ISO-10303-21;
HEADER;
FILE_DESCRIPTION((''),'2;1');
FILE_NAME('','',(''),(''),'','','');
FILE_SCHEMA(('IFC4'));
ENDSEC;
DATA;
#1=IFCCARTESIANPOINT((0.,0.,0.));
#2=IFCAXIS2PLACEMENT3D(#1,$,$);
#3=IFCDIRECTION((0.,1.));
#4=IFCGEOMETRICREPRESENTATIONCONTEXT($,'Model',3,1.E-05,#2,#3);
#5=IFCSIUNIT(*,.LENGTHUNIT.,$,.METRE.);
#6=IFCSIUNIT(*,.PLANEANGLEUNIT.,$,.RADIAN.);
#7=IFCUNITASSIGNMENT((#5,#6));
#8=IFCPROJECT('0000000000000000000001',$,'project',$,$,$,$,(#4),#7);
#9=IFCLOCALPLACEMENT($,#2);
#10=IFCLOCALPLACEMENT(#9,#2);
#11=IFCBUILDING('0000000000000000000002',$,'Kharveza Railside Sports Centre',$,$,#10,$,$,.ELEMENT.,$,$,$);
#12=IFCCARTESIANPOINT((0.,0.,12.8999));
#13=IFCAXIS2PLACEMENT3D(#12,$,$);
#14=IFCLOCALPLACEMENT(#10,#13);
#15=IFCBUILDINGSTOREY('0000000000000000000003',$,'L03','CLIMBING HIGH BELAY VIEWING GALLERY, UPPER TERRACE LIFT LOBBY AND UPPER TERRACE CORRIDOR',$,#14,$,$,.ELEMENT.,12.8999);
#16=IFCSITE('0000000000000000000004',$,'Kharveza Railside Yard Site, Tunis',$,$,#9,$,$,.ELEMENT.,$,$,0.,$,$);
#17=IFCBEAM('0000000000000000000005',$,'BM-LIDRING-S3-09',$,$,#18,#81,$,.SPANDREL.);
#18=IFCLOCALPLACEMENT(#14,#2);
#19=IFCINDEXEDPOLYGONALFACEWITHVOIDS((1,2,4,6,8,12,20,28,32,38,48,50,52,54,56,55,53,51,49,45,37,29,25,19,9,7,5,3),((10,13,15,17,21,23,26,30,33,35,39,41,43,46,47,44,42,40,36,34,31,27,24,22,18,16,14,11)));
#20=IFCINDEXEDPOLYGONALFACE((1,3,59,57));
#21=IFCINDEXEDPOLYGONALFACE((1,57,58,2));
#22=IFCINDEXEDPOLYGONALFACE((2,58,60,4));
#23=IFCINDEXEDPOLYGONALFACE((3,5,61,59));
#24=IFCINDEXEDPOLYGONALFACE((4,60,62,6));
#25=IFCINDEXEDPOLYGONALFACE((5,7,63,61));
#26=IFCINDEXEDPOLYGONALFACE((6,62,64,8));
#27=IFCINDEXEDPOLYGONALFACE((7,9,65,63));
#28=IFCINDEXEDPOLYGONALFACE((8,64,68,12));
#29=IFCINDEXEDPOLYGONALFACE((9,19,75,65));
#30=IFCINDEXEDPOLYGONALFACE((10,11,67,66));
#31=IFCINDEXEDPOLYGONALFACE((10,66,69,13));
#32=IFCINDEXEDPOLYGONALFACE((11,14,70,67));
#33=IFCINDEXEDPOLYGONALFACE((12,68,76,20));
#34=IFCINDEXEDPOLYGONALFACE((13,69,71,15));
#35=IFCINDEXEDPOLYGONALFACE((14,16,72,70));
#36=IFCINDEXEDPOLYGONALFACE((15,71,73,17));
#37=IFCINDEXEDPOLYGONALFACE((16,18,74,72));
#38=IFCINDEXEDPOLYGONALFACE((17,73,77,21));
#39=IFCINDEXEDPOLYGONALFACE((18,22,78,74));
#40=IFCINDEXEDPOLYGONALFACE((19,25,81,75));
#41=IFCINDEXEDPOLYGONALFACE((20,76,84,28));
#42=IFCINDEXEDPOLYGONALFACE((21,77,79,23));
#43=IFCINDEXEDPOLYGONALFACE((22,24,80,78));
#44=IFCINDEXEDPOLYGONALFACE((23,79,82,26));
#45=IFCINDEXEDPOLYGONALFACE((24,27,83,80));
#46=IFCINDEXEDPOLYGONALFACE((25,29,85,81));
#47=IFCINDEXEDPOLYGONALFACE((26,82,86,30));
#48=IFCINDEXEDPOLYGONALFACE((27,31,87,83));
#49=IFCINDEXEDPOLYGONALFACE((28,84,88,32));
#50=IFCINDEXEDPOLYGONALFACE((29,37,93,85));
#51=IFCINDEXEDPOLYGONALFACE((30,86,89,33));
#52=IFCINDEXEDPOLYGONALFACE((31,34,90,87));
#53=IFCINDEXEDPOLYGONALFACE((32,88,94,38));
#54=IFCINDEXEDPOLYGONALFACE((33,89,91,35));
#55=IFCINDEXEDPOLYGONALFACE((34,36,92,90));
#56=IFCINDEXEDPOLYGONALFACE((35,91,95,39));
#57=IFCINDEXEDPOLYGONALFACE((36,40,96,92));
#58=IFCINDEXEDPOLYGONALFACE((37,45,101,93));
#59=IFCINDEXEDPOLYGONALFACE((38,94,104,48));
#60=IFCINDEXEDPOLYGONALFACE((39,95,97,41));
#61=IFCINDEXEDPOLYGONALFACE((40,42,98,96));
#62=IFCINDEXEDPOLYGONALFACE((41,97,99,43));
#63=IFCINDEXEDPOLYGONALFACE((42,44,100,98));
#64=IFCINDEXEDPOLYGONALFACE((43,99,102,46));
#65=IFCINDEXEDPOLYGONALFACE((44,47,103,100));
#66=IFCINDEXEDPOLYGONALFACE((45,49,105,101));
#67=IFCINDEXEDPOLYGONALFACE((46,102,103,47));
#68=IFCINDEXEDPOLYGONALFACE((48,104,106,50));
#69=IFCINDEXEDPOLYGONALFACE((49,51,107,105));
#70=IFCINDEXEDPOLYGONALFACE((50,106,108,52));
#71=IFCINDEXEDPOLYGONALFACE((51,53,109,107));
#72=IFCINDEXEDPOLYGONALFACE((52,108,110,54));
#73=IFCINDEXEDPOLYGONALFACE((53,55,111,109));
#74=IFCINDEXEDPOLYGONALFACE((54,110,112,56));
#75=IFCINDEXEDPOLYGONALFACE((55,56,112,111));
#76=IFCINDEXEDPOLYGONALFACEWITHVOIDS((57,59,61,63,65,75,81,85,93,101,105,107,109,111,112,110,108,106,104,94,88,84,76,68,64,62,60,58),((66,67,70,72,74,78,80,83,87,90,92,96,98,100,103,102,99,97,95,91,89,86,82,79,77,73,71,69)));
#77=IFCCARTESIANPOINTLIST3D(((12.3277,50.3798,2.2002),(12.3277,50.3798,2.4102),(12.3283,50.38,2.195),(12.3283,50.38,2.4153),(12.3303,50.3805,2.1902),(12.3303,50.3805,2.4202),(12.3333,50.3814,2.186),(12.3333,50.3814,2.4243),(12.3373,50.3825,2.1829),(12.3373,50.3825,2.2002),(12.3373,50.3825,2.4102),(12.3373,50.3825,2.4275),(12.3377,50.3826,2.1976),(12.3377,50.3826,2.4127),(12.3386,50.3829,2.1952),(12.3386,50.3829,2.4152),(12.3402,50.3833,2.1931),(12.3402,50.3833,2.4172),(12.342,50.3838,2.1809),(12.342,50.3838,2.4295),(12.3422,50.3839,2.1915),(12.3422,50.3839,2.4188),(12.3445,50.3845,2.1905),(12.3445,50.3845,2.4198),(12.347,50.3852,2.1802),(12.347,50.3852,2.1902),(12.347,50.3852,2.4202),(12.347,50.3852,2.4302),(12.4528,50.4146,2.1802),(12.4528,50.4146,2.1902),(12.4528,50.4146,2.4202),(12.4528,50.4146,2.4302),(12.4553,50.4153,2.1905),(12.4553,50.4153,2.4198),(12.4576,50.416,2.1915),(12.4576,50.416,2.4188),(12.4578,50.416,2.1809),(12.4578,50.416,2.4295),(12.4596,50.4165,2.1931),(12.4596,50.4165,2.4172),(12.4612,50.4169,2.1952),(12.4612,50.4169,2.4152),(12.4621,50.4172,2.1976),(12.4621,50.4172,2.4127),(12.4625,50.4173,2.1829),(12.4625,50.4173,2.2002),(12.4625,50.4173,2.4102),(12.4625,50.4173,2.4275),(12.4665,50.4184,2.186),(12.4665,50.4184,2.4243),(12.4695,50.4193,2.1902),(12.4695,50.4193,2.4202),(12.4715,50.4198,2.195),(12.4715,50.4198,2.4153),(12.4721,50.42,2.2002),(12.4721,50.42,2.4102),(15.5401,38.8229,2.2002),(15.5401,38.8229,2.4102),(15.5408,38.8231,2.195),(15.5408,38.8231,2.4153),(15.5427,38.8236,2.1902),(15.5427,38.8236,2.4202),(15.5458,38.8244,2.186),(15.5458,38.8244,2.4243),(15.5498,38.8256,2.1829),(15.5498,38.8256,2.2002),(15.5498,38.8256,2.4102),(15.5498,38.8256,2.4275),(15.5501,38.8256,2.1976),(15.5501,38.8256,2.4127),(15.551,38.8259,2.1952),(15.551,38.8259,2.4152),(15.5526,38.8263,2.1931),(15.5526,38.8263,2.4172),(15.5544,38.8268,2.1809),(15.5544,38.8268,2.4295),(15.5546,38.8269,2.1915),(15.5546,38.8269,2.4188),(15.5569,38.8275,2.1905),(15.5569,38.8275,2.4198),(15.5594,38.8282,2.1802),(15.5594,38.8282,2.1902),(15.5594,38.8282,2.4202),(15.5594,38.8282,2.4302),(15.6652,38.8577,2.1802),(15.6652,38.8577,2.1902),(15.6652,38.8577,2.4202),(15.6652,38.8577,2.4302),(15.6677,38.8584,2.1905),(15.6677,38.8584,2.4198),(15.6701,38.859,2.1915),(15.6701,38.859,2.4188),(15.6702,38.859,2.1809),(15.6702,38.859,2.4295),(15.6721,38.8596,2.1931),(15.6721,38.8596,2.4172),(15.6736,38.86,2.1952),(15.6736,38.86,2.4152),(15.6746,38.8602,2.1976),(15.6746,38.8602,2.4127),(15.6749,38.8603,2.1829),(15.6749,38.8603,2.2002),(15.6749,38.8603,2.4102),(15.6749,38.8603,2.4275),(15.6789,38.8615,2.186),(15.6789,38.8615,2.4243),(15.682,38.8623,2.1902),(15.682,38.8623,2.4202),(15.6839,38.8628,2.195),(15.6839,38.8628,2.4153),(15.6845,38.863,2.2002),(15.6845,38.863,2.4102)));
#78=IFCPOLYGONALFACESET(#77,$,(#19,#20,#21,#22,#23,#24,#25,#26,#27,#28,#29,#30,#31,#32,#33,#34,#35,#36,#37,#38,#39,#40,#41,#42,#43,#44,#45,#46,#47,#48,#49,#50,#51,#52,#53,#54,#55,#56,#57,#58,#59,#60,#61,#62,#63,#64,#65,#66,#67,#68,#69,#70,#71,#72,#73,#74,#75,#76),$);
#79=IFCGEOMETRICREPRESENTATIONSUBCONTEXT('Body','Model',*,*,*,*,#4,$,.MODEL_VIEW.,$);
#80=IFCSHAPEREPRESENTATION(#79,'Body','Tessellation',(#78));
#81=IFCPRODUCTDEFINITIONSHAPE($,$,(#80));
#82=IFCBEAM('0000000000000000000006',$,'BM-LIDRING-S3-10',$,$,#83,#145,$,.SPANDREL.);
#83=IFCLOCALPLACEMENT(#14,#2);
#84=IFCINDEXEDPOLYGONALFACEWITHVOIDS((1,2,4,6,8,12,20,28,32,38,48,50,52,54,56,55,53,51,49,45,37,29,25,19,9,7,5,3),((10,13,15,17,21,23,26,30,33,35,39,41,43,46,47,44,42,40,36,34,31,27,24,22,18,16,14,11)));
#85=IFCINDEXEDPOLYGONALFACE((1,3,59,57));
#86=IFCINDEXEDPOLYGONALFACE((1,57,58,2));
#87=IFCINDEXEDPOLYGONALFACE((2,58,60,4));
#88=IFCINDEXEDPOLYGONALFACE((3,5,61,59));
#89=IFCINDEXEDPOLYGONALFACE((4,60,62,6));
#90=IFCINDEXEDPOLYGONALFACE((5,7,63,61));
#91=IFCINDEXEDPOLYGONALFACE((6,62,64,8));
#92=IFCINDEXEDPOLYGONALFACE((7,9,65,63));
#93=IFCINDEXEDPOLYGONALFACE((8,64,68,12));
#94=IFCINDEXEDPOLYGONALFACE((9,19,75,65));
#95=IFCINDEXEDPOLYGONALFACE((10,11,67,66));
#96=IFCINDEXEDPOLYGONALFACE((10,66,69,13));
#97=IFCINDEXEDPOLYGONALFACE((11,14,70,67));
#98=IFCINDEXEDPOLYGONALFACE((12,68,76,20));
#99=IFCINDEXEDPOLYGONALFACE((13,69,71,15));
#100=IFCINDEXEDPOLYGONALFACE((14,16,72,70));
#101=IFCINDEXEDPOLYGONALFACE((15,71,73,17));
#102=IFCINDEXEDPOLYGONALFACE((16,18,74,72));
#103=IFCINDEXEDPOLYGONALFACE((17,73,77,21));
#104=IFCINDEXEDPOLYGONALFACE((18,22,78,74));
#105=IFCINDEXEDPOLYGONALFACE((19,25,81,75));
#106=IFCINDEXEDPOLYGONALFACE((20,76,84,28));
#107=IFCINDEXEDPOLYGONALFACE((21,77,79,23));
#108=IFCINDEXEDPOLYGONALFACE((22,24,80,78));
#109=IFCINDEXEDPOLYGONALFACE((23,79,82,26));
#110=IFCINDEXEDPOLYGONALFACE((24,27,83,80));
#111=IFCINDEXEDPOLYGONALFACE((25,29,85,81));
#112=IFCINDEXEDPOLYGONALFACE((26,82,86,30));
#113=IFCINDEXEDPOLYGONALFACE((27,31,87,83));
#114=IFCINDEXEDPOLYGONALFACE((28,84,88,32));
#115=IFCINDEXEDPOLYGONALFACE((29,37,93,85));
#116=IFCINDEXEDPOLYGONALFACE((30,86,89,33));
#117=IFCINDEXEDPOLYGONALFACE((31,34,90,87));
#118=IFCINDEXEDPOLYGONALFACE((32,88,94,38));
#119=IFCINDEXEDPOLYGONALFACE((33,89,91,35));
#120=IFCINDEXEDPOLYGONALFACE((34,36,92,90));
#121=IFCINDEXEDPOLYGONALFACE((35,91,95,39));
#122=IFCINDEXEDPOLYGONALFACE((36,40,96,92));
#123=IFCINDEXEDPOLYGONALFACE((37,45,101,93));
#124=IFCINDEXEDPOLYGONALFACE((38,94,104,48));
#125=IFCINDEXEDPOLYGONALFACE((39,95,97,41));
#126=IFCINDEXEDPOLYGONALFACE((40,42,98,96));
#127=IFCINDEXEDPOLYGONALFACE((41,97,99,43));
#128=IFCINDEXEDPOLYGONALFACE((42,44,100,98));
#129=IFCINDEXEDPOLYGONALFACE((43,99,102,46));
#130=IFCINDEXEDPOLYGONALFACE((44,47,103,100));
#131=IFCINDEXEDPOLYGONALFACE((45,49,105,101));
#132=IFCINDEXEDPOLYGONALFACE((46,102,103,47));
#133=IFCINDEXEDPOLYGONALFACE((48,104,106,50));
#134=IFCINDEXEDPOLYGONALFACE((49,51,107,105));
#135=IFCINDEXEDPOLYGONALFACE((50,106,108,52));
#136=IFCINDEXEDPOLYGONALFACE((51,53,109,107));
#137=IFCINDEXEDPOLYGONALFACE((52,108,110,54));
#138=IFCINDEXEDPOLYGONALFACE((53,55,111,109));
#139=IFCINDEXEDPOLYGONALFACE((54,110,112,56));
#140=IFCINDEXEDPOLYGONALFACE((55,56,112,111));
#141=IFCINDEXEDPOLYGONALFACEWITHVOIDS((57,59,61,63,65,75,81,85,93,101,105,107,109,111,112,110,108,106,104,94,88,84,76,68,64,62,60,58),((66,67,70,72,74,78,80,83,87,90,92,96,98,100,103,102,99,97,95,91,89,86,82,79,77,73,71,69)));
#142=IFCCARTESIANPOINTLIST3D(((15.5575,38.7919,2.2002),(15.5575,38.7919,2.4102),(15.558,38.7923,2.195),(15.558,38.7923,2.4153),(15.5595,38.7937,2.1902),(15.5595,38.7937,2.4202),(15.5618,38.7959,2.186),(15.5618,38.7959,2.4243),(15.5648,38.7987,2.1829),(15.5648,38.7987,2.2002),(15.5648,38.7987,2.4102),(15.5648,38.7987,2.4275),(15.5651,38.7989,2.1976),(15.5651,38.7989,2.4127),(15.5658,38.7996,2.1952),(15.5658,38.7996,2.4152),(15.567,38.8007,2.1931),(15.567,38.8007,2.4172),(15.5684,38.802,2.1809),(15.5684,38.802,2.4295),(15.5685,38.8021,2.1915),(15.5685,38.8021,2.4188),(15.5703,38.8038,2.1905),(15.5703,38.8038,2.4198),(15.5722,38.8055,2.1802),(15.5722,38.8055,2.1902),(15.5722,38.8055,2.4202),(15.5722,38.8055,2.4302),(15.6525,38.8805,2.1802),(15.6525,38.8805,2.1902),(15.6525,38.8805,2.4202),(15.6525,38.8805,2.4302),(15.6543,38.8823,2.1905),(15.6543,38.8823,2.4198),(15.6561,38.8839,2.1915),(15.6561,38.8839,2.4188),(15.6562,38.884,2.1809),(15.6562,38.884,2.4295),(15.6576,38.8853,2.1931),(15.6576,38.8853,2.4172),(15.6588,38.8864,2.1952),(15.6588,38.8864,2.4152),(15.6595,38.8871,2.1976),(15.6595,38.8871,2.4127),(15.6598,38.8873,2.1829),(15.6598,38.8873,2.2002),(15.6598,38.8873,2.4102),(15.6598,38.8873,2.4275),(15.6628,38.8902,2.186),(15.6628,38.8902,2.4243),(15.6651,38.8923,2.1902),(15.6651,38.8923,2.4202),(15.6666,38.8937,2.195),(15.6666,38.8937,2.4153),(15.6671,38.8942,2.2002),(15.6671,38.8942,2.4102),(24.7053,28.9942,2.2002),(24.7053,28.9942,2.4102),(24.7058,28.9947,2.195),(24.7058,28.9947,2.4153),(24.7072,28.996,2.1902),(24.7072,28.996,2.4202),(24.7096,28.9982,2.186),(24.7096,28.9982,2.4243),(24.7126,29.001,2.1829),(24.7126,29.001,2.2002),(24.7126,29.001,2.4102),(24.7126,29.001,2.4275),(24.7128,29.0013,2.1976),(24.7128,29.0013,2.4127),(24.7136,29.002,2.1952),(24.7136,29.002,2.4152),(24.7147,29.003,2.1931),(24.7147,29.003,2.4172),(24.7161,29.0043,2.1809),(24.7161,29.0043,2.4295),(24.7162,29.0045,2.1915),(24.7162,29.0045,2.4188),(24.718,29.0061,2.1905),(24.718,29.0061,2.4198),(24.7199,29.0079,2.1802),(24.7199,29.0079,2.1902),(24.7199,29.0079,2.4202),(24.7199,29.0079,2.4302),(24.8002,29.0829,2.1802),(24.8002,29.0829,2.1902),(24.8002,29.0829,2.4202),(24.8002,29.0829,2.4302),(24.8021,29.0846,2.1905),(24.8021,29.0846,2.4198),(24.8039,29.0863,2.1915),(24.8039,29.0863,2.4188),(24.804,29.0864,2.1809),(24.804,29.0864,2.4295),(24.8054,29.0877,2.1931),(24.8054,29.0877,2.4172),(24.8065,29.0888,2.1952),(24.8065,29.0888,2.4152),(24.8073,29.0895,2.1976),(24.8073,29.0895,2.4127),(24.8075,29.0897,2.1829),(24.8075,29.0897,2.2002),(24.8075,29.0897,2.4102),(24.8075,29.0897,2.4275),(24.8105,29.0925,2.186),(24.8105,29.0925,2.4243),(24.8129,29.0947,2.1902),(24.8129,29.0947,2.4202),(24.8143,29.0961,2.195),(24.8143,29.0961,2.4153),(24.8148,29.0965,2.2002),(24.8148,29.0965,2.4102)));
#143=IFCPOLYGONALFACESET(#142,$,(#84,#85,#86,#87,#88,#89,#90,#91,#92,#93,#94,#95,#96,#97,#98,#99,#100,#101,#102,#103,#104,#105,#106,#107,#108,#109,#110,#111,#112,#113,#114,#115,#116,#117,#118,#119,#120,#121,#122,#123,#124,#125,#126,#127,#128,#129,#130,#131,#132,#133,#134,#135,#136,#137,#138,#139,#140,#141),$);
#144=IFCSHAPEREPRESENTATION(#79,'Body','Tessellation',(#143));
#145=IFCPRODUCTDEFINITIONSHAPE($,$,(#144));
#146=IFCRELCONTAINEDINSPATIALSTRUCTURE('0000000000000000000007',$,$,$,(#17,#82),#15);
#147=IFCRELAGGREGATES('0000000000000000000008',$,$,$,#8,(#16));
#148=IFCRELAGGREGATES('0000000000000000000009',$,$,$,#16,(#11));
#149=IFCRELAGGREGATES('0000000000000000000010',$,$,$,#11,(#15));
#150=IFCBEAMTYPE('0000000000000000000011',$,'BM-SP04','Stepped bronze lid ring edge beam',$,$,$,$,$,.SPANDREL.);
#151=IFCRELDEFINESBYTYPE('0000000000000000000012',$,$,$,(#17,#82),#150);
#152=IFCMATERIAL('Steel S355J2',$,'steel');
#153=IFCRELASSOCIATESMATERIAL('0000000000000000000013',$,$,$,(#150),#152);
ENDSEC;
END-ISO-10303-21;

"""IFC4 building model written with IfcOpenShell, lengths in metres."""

from ifc_helpers import new_model, si_unit, direction, frame, origin, origin_2d, place, context, subcontext, project, spatial, hollow_rectangle, extrude, material, material_profile, profile_set, type_object, element, save


model = new_model("IFC4")

# Units and contexts
model_context = context("Model", 3, precision=1e-05, world=origin(), true_north=direction((0.0, 1.0)))
body_context = subcontext(model_context, "Body", "Model", "MODEL_VIEW")
ifc_project = project(units=[si_unit("LENGTHUNIT", "METRE"), si_unit("PLANEANGLEUNIT", "RADIAN")], contexts=[model_context])

# Site, building, storey
site_placement = place(None, origin())
site = spatial("IfcSite", under=ifc_project, at=site_placement, Name="Kharveza Railside Yard Site, Tunis", CompositionType="ELEMENT", RefElevation=0.0)
building_placement = place(site_placement, origin())
building = spatial("IfcBuilding", under=site, at=building_placement, Name="Kharveza Railside Sports Centre", CompositionType="ELEMENT")
storey_placement = place(building_placement, frame((0.0, 0.0, 12.8999)))
storey = spatial("IfcBuildingStorey", under=building, at=storey_placement, Name="L03", Description="CLIMBING HIGH BELAY VIEWING GALLERY, UPPER TERRACE LIFT LOBBY AND UPPER TERRACE CORRIDOR", CompositionType="ELEMENT", Elevation=12.8999)

# Beams
ifc_material_1 = material(Name="Steel S355J2", Category="steel")
ifc_material_profile_1 = material_profile(ifc_material_1, hollow_rectangle(XDim=0.1499, YDim=0.25, WallThickness=0.01, InnerFilletRadius=0.01, OuterFilletRadius=0.02, at=origin_2d()), Name="RHS 150x250x10.0")
ifc_profile_set_1 = profile_set([ifc_material_profile_1], Name="Steel S355J2")
beam_type = type_object("IfcBeamType", Name="BM-SP04", Description="Stepped bronze lid ring edge beam", PredefinedType="SPANDREL", material=ifc_profile_set_1)
beam_1_placement = place(storey_placement, frame((12.3999, 50.3999, 2.3052), z_axis=(0.267811, -0.963472, 0.0), x_axis=(0.963472, 0.267811, 0.0)))
element("IfcBeam", 1, at=beam_1_placement, inside=storey, type_object=beam_type, Name="BM-LIDRING-S3-09", PredefinedType="SPANDREL", context=body_context, shape_type="SweptSolid", body=[
    extrude(hollow_rectangle(XDim=0.1499, YDim=0.25, WallThickness=0.01, InnerFilletRadius=0.01, OuterFilletRadius=0.02, at=origin_2d()), origin(), (0.0, 0.0, 1.0), 11.9951),
])
beam_2_placement = place(storey_placement, frame((15.6123, 38.843, 2.3052), z_axis=(0.682449, -0.730934, 0.0), x_axis=(0.730934, 0.682449, 0.0)))
element("IfcBeam", 2, at=beam_2_placement, inside=storey, type_object=beam_type, Name="BM-LIDRING-S3-10", PredefinedType="SPANDREL", context=body_context, shape_type="SweptSolid", body=[
    extrude(hollow_rectangle(XDim=0.1499, YDim=0.25, WallThickness=0.01, InnerFilletRadius=0.01, OuterFilletRadius=0.02, at=origin_2d()), origin(), (0.0, 0.0, 1.0), 13.4043),
])

save(model, "model.ifc")
